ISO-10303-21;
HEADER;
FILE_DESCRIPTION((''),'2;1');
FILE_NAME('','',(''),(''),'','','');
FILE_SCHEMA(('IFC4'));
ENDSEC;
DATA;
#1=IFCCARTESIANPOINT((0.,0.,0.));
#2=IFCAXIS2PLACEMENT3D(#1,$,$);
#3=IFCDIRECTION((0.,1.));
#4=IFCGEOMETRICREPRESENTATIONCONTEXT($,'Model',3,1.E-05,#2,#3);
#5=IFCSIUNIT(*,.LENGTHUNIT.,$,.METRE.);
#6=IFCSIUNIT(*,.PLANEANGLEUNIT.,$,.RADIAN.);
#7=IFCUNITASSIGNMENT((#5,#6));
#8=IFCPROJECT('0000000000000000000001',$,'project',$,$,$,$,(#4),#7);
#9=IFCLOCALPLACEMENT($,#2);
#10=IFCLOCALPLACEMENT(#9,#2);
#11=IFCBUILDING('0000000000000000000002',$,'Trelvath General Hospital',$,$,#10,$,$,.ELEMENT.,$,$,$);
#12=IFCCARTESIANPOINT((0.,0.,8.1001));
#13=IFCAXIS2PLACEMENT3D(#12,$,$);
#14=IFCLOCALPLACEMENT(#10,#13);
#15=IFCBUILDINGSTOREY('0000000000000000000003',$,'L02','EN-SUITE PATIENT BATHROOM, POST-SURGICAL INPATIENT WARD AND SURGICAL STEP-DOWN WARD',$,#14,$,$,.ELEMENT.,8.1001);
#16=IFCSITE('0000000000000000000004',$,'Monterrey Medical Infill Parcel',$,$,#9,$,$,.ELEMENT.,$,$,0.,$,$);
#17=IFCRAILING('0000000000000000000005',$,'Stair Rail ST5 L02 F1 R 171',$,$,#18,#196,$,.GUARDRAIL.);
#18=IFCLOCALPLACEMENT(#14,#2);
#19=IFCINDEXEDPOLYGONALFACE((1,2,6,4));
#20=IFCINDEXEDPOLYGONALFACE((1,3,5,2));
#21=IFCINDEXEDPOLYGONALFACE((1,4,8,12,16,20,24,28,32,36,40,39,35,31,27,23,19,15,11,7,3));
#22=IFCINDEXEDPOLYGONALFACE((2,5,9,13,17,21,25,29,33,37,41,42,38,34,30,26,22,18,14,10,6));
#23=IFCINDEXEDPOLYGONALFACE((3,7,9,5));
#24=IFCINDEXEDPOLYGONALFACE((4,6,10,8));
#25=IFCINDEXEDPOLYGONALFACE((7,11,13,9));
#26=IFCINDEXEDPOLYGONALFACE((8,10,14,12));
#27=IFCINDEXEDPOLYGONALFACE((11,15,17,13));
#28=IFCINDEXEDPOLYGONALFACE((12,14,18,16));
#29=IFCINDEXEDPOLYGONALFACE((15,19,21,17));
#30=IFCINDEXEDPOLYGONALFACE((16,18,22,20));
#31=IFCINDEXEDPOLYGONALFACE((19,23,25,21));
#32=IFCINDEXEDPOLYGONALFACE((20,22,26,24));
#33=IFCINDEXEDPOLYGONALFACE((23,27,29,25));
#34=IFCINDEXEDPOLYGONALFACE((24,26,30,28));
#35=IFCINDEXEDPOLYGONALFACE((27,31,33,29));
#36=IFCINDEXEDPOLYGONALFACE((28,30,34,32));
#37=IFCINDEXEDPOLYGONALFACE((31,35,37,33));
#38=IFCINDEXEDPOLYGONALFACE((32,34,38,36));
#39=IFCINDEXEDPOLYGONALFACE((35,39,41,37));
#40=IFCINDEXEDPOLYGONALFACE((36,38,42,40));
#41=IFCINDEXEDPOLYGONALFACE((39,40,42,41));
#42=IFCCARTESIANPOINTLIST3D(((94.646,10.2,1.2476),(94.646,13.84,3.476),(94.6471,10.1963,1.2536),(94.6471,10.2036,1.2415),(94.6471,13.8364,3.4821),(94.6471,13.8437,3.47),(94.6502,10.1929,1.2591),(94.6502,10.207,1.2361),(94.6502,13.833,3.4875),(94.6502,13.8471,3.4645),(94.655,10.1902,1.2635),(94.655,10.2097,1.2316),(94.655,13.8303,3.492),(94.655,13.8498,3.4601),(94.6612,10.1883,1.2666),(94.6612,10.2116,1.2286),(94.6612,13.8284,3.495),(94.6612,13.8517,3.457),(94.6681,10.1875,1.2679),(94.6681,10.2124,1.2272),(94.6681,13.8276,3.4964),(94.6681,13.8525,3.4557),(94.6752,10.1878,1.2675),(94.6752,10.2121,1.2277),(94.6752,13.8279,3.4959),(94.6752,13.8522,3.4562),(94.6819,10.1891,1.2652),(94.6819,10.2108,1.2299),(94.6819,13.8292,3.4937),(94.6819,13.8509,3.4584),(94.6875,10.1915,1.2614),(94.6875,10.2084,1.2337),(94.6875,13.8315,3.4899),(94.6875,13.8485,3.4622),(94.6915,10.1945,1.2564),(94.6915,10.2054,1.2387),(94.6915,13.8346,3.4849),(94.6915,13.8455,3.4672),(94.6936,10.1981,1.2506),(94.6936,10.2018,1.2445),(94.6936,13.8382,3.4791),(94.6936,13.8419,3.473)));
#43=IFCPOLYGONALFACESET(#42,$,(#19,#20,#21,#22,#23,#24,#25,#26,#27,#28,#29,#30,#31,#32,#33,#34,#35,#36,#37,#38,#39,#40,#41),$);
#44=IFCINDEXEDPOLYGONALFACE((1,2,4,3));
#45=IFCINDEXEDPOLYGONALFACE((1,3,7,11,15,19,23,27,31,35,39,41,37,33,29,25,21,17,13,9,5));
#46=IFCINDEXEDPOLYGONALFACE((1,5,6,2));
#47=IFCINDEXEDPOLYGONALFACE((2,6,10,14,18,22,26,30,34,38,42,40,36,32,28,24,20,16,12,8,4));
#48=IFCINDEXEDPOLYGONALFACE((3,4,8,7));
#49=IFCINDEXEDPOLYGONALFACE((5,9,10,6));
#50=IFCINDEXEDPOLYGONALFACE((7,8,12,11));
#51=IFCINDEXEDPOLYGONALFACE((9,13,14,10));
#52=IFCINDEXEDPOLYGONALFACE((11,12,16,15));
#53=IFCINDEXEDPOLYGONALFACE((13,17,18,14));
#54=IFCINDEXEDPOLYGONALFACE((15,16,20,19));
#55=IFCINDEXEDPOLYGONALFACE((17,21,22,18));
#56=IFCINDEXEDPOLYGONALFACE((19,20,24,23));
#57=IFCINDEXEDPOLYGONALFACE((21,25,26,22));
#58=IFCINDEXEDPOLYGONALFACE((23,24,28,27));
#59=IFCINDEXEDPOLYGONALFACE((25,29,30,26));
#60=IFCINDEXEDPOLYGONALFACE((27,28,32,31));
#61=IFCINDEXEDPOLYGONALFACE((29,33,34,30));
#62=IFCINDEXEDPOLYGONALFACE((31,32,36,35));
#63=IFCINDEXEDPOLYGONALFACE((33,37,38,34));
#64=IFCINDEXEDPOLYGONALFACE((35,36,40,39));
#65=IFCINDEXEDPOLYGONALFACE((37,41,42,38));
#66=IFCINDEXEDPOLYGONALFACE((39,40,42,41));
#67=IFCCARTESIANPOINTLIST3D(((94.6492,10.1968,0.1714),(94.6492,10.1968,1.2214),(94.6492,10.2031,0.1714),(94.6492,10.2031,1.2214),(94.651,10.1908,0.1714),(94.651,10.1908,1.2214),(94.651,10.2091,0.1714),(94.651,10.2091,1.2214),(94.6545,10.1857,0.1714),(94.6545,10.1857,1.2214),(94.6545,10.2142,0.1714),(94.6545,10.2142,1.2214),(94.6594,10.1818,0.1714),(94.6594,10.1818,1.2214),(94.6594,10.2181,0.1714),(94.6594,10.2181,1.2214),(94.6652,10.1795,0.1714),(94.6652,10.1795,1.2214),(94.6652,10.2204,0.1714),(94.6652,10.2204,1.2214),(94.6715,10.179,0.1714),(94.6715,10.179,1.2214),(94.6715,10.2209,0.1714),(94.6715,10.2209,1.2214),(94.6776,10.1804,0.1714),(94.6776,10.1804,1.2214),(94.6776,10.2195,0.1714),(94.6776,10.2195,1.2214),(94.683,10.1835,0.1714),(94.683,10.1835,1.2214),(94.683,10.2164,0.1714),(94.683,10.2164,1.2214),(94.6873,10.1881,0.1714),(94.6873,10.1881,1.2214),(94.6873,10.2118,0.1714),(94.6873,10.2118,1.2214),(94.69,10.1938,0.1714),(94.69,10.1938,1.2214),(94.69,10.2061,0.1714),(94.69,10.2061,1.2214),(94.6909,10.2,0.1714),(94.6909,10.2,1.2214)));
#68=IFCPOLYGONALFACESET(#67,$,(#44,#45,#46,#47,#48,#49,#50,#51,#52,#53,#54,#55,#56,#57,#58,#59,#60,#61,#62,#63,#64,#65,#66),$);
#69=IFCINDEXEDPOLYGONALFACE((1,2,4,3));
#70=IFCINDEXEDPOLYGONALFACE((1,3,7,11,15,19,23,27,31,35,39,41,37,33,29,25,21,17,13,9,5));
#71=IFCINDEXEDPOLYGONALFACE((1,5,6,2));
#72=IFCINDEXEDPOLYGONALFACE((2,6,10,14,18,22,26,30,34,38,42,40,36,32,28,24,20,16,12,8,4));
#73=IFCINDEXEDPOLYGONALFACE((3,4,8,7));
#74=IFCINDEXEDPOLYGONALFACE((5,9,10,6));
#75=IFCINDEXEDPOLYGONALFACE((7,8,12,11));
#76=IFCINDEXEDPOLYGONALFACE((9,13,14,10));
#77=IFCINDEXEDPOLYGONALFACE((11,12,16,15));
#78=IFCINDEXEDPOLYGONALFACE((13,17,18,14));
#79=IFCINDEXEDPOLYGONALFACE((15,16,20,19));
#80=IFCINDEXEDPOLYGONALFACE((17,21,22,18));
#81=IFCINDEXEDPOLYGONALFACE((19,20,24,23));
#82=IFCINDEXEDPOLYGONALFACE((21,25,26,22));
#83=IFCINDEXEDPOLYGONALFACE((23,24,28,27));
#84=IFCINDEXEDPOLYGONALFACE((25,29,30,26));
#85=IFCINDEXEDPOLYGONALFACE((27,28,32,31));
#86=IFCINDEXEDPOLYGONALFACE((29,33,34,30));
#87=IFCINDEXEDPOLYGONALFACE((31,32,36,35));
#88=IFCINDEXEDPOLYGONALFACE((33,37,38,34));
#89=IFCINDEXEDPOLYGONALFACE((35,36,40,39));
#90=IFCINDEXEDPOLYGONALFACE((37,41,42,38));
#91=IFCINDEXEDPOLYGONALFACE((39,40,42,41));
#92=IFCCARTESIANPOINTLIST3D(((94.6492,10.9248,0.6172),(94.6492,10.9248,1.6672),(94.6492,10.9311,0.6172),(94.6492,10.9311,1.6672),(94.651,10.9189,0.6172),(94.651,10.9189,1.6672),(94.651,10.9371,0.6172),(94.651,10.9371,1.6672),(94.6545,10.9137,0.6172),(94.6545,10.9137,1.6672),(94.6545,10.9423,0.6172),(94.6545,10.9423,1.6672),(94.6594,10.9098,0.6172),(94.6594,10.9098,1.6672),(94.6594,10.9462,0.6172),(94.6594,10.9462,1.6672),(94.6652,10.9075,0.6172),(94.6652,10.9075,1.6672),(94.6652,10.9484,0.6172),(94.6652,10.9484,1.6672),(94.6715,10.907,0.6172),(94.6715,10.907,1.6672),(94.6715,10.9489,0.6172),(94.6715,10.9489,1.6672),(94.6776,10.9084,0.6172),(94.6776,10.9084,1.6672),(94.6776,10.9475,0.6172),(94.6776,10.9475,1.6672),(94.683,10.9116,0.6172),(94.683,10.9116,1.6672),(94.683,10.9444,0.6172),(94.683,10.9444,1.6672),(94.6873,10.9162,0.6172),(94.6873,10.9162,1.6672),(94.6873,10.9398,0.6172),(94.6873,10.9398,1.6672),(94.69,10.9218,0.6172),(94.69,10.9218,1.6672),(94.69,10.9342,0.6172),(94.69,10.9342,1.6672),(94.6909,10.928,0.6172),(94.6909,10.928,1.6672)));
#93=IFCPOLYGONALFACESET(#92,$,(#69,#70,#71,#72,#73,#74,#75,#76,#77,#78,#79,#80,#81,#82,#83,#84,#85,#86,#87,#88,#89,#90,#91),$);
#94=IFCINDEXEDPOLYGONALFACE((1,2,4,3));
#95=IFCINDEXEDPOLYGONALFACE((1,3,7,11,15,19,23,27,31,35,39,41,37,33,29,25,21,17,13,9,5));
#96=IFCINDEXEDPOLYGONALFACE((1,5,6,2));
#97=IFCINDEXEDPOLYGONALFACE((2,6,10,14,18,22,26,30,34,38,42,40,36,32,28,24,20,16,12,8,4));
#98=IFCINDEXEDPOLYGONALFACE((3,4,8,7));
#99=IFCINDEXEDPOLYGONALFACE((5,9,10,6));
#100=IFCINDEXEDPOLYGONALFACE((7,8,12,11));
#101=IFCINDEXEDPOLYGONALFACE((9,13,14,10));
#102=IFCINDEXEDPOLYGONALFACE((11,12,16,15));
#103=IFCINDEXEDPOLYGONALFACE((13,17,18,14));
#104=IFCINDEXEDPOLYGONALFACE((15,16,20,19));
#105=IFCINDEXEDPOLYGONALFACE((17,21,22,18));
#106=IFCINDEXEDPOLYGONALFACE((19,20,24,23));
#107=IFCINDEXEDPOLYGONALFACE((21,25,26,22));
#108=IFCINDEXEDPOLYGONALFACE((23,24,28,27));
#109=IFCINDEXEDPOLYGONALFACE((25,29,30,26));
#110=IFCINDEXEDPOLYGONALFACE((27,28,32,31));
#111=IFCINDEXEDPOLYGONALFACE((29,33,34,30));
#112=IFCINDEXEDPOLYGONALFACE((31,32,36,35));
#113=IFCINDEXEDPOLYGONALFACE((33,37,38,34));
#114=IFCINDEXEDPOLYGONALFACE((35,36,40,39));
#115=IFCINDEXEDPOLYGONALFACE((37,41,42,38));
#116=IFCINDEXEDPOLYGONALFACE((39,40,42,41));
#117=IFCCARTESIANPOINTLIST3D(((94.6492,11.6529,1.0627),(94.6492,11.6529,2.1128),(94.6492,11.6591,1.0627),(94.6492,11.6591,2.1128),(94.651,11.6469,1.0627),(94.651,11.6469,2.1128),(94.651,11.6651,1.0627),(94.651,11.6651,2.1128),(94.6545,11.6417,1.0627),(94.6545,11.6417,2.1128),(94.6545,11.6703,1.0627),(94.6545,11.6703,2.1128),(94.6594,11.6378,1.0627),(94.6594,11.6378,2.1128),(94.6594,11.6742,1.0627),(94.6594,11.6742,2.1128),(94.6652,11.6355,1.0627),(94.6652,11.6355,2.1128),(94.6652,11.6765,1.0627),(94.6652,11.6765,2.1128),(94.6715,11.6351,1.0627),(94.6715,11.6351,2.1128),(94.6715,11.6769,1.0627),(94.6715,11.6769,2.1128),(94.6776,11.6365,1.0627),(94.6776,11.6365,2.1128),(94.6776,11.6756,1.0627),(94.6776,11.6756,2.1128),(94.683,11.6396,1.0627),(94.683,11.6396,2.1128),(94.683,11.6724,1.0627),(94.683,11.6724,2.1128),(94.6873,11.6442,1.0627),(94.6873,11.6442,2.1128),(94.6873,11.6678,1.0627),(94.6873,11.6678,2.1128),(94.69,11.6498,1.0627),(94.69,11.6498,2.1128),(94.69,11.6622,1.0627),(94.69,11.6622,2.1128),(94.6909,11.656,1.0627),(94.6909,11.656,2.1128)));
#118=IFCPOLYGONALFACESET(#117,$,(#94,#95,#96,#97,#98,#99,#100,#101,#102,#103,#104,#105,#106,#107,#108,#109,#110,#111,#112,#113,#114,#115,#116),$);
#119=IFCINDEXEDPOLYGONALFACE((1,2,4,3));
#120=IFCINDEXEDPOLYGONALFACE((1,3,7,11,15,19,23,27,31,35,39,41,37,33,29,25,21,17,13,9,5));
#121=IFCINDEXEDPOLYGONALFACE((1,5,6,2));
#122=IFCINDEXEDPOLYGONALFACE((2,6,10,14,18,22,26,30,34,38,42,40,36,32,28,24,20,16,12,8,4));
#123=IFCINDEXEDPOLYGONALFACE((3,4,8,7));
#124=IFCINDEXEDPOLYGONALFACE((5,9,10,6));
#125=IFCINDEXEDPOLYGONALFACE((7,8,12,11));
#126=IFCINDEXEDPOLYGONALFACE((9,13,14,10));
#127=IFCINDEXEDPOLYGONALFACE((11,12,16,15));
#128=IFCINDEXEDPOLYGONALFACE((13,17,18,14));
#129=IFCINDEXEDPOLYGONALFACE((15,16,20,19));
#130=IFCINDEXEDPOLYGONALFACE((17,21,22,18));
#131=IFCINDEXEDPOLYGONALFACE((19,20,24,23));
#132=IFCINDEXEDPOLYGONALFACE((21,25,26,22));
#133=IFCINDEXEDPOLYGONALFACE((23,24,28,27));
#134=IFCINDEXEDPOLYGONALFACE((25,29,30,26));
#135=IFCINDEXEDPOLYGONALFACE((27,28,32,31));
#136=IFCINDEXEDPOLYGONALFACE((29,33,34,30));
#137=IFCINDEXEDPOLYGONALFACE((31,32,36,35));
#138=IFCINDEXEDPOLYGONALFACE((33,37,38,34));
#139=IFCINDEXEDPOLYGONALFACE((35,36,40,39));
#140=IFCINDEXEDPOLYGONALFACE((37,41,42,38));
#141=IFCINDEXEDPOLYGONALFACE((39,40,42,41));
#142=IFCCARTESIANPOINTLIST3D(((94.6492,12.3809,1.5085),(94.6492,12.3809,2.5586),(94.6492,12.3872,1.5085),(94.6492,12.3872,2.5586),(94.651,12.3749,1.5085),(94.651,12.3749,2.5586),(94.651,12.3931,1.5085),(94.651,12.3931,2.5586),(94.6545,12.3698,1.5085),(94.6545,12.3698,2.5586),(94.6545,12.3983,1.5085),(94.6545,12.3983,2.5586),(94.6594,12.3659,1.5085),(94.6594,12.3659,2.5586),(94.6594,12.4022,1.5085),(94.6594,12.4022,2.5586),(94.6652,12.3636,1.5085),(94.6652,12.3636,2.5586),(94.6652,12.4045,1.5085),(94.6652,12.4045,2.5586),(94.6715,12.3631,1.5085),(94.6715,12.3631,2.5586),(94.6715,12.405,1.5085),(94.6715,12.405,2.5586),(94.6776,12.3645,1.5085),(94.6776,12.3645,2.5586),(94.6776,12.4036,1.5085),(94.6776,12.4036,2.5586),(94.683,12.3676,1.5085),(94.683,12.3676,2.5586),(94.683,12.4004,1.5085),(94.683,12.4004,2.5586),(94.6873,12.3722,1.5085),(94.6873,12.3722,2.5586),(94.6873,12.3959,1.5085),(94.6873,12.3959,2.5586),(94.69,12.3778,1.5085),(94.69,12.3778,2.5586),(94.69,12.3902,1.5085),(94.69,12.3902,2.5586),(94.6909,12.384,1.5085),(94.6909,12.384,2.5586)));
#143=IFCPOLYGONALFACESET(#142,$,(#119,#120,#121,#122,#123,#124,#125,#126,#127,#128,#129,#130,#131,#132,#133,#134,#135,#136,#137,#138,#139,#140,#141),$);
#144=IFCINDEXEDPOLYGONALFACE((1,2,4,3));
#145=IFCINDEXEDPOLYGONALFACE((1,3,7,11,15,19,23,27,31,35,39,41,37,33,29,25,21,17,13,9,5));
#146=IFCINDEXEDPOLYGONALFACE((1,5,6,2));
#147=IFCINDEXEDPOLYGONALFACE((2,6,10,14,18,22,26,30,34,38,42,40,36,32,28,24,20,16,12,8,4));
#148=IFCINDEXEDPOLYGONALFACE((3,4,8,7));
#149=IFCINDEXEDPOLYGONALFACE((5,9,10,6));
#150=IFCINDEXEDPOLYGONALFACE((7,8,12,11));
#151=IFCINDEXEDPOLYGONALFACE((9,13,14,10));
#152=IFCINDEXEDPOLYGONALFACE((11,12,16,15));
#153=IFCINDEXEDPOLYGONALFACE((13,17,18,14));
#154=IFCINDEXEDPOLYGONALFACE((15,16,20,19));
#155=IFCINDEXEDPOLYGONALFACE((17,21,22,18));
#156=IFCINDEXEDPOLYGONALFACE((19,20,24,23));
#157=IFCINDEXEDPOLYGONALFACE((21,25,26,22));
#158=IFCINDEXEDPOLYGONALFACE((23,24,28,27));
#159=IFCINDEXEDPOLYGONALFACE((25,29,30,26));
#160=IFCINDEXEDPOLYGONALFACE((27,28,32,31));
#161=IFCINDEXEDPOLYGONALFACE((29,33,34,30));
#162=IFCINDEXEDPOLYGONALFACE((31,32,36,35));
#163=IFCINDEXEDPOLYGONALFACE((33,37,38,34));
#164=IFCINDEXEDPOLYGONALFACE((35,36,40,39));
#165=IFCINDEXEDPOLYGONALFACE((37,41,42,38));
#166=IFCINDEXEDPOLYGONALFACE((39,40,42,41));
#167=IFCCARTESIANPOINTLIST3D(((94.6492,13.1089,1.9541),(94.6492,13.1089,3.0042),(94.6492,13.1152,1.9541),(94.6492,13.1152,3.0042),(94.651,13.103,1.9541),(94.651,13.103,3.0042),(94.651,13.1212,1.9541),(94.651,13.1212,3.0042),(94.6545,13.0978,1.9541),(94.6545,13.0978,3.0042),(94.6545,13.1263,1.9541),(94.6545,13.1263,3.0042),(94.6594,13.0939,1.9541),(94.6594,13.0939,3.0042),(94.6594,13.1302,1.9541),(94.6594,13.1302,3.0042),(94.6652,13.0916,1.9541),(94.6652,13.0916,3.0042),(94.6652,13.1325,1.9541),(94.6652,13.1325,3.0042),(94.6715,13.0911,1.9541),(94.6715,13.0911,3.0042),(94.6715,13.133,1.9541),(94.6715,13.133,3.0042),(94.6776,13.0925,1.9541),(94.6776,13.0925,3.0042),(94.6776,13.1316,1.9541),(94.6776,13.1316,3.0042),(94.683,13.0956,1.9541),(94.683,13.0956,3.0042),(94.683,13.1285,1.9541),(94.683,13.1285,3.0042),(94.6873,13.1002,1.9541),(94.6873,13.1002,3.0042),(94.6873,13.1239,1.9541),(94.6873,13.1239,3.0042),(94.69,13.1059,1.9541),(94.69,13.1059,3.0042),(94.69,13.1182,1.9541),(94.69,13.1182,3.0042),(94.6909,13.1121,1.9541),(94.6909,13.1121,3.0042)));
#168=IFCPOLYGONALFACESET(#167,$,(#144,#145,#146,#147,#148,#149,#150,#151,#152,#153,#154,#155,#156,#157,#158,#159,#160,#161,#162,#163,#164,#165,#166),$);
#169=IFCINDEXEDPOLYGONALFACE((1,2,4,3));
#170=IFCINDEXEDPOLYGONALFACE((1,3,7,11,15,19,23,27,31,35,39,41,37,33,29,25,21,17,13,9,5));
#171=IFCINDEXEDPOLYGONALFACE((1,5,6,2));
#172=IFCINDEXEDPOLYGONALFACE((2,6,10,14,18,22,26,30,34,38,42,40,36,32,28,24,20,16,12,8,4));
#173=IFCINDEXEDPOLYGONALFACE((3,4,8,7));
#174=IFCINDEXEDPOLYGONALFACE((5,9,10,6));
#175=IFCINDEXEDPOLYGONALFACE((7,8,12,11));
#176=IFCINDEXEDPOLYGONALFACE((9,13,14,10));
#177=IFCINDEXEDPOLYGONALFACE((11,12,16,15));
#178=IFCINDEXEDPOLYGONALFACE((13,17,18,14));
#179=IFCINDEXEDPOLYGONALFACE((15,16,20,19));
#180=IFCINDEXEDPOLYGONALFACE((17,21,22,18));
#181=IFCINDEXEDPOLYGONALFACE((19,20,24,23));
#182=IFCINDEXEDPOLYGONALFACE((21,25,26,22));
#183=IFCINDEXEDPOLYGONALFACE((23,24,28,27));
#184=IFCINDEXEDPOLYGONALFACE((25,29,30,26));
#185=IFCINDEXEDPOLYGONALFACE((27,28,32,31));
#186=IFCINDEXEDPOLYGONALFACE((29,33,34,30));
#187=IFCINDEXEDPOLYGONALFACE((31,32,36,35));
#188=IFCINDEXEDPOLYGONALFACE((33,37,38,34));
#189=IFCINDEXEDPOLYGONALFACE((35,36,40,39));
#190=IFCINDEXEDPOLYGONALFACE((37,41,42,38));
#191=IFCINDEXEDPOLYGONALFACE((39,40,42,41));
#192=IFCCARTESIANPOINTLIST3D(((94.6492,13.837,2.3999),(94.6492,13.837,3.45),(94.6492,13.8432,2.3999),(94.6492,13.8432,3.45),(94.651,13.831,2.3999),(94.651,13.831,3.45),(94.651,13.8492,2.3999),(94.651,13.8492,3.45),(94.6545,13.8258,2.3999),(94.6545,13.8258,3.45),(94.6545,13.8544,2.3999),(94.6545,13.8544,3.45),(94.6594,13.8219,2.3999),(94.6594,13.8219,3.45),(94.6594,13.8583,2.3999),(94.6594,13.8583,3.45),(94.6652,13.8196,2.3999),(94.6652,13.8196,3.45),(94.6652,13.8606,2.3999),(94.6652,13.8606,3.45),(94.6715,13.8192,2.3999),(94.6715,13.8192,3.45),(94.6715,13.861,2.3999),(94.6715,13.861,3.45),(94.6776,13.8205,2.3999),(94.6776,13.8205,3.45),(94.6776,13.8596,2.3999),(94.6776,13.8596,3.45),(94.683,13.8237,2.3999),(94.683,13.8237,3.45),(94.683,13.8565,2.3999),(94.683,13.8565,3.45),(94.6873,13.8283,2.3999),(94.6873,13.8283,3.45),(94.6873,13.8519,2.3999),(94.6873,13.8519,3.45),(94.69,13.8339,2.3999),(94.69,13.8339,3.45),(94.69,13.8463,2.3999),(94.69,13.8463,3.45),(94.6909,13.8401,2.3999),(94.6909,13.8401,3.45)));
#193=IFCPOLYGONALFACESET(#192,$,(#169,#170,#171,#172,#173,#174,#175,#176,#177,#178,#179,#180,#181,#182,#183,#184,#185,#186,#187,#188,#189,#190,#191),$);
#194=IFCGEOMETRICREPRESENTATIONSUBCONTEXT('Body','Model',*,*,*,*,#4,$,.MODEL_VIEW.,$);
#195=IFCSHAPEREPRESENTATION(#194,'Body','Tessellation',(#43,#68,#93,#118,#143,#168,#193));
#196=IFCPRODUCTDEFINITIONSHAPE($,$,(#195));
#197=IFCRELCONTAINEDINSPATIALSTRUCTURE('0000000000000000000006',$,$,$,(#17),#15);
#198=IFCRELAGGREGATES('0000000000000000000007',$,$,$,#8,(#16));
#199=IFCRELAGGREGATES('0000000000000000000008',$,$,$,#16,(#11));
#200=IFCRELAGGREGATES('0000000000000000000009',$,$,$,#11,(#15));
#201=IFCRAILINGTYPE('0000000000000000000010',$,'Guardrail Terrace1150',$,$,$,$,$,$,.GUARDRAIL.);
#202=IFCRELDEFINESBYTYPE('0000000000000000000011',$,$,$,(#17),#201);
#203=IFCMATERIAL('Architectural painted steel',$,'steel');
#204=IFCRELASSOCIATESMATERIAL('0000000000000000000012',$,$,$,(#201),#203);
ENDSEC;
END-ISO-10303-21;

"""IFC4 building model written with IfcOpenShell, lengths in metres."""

from ifc_helpers import new_model, si_unit, direction, frame, origin, origin_2d, place, context, subcontext, project, spatial, circle, extrude, material, type_object, element, save


model = new_model("IFC4")

# Units and contexts
model_context = context("Model", 3, precision=1e-05, world=origin(), true_north=direction((0.0, 1.0)))
body_context = subcontext(model_context, "Body", "Model", "MODEL_VIEW")
ifc_project = project(units=[si_unit("LENGTHUNIT", "METRE"), si_unit("PLANEANGLEUNIT", "RADIAN")], contexts=[model_context])

# Site, building, storey
site_placement = place(None, origin())
site = spatial("IfcSite", under=ifc_project, at=site_placement, Name="Monterrey Medical Infill Parcel", CompositionType="ELEMENT", RefElevation=0.0)
building_placement = place(site_placement, origin())
building = spatial("IfcBuilding", under=site, at=building_placement, Name="Trelvath General Hospital", CompositionType="ELEMENT")
storey_placement = place(building_placement, frame((0.0, 0.0, 8.1001)))
storey = spatial("IfcBuildingStorey", under=building, at=storey_placement, Name="L02", Description="EN-SUITE PATIENT BATHROOM, POST-SURGICAL INPATIENT WARD AND SURGICAL STEP-DOWN WARD", CompositionType="ELEMENT", Elevation=8.1001)

# Railing
ifc_material_1 = material(Name="Architectural painted steel", Category="steel")
railing_type = type_object("IfcRailingType", Name="Guardrail Terrace1150", PredefinedType="GUARDRAIL", material=ifc_material_1)
railing_1_placement = place(storey_placement, frame((94.6699, 10.2, 0.1714)))
element("IfcRailing", 1, at=railing_1_placement, inside=storey, type_object=railing_type, Name="Stair Rail ST5 L02 F1 R 171", PredefinedType="GUARDRAIL", context=body_context, shape_type="SweptSolid", body=[
    extrude(circle(Radius=0.0239, at=origin_2d()), frame((0.0, 0.0, 1.0762), z_axis=(0.0, 0.852866, 0.52213), x_axis=(-1.0, 0.0, 0.0)), (0.0, 0.0, 1.0), 4.2681),
    extrude(circle(Radius=0.021, at=origin_2d()), origin(), (0.0, 0.0, 1.0), 1.05),
    extrude(circle(Radius=0.021, at=origin_2d()), frame((0.0, 0.728, 0.4458)), (0.0, 0.0, 1.0), 1.05),
    extrude(circle(Radius=0.021, at=origin_2d()), frame((0.0, 1.4561, 0.8914)), (0.0, 0.0, 1.0), 1.05),
    extrude(circle(Radius=0.021, at=origin_2d()), frame((0.0, 2.1841, 1.3372)), (0.0, 0.0, 1.0), 1.05),
    extrude(circle(Radius=0.021, at=origin_2d()), frame((0.0, 2.9121, 1.7827)), (0.0, 0.0, 1.0), 1.05),
    extrude(circle(Radius=0.021, at=origin_2d()), frame((0.0, 3.6401, 2.2285)), (0.0, 0.0, 1.0), 1.05),
])

save(model, "model.ifc")
